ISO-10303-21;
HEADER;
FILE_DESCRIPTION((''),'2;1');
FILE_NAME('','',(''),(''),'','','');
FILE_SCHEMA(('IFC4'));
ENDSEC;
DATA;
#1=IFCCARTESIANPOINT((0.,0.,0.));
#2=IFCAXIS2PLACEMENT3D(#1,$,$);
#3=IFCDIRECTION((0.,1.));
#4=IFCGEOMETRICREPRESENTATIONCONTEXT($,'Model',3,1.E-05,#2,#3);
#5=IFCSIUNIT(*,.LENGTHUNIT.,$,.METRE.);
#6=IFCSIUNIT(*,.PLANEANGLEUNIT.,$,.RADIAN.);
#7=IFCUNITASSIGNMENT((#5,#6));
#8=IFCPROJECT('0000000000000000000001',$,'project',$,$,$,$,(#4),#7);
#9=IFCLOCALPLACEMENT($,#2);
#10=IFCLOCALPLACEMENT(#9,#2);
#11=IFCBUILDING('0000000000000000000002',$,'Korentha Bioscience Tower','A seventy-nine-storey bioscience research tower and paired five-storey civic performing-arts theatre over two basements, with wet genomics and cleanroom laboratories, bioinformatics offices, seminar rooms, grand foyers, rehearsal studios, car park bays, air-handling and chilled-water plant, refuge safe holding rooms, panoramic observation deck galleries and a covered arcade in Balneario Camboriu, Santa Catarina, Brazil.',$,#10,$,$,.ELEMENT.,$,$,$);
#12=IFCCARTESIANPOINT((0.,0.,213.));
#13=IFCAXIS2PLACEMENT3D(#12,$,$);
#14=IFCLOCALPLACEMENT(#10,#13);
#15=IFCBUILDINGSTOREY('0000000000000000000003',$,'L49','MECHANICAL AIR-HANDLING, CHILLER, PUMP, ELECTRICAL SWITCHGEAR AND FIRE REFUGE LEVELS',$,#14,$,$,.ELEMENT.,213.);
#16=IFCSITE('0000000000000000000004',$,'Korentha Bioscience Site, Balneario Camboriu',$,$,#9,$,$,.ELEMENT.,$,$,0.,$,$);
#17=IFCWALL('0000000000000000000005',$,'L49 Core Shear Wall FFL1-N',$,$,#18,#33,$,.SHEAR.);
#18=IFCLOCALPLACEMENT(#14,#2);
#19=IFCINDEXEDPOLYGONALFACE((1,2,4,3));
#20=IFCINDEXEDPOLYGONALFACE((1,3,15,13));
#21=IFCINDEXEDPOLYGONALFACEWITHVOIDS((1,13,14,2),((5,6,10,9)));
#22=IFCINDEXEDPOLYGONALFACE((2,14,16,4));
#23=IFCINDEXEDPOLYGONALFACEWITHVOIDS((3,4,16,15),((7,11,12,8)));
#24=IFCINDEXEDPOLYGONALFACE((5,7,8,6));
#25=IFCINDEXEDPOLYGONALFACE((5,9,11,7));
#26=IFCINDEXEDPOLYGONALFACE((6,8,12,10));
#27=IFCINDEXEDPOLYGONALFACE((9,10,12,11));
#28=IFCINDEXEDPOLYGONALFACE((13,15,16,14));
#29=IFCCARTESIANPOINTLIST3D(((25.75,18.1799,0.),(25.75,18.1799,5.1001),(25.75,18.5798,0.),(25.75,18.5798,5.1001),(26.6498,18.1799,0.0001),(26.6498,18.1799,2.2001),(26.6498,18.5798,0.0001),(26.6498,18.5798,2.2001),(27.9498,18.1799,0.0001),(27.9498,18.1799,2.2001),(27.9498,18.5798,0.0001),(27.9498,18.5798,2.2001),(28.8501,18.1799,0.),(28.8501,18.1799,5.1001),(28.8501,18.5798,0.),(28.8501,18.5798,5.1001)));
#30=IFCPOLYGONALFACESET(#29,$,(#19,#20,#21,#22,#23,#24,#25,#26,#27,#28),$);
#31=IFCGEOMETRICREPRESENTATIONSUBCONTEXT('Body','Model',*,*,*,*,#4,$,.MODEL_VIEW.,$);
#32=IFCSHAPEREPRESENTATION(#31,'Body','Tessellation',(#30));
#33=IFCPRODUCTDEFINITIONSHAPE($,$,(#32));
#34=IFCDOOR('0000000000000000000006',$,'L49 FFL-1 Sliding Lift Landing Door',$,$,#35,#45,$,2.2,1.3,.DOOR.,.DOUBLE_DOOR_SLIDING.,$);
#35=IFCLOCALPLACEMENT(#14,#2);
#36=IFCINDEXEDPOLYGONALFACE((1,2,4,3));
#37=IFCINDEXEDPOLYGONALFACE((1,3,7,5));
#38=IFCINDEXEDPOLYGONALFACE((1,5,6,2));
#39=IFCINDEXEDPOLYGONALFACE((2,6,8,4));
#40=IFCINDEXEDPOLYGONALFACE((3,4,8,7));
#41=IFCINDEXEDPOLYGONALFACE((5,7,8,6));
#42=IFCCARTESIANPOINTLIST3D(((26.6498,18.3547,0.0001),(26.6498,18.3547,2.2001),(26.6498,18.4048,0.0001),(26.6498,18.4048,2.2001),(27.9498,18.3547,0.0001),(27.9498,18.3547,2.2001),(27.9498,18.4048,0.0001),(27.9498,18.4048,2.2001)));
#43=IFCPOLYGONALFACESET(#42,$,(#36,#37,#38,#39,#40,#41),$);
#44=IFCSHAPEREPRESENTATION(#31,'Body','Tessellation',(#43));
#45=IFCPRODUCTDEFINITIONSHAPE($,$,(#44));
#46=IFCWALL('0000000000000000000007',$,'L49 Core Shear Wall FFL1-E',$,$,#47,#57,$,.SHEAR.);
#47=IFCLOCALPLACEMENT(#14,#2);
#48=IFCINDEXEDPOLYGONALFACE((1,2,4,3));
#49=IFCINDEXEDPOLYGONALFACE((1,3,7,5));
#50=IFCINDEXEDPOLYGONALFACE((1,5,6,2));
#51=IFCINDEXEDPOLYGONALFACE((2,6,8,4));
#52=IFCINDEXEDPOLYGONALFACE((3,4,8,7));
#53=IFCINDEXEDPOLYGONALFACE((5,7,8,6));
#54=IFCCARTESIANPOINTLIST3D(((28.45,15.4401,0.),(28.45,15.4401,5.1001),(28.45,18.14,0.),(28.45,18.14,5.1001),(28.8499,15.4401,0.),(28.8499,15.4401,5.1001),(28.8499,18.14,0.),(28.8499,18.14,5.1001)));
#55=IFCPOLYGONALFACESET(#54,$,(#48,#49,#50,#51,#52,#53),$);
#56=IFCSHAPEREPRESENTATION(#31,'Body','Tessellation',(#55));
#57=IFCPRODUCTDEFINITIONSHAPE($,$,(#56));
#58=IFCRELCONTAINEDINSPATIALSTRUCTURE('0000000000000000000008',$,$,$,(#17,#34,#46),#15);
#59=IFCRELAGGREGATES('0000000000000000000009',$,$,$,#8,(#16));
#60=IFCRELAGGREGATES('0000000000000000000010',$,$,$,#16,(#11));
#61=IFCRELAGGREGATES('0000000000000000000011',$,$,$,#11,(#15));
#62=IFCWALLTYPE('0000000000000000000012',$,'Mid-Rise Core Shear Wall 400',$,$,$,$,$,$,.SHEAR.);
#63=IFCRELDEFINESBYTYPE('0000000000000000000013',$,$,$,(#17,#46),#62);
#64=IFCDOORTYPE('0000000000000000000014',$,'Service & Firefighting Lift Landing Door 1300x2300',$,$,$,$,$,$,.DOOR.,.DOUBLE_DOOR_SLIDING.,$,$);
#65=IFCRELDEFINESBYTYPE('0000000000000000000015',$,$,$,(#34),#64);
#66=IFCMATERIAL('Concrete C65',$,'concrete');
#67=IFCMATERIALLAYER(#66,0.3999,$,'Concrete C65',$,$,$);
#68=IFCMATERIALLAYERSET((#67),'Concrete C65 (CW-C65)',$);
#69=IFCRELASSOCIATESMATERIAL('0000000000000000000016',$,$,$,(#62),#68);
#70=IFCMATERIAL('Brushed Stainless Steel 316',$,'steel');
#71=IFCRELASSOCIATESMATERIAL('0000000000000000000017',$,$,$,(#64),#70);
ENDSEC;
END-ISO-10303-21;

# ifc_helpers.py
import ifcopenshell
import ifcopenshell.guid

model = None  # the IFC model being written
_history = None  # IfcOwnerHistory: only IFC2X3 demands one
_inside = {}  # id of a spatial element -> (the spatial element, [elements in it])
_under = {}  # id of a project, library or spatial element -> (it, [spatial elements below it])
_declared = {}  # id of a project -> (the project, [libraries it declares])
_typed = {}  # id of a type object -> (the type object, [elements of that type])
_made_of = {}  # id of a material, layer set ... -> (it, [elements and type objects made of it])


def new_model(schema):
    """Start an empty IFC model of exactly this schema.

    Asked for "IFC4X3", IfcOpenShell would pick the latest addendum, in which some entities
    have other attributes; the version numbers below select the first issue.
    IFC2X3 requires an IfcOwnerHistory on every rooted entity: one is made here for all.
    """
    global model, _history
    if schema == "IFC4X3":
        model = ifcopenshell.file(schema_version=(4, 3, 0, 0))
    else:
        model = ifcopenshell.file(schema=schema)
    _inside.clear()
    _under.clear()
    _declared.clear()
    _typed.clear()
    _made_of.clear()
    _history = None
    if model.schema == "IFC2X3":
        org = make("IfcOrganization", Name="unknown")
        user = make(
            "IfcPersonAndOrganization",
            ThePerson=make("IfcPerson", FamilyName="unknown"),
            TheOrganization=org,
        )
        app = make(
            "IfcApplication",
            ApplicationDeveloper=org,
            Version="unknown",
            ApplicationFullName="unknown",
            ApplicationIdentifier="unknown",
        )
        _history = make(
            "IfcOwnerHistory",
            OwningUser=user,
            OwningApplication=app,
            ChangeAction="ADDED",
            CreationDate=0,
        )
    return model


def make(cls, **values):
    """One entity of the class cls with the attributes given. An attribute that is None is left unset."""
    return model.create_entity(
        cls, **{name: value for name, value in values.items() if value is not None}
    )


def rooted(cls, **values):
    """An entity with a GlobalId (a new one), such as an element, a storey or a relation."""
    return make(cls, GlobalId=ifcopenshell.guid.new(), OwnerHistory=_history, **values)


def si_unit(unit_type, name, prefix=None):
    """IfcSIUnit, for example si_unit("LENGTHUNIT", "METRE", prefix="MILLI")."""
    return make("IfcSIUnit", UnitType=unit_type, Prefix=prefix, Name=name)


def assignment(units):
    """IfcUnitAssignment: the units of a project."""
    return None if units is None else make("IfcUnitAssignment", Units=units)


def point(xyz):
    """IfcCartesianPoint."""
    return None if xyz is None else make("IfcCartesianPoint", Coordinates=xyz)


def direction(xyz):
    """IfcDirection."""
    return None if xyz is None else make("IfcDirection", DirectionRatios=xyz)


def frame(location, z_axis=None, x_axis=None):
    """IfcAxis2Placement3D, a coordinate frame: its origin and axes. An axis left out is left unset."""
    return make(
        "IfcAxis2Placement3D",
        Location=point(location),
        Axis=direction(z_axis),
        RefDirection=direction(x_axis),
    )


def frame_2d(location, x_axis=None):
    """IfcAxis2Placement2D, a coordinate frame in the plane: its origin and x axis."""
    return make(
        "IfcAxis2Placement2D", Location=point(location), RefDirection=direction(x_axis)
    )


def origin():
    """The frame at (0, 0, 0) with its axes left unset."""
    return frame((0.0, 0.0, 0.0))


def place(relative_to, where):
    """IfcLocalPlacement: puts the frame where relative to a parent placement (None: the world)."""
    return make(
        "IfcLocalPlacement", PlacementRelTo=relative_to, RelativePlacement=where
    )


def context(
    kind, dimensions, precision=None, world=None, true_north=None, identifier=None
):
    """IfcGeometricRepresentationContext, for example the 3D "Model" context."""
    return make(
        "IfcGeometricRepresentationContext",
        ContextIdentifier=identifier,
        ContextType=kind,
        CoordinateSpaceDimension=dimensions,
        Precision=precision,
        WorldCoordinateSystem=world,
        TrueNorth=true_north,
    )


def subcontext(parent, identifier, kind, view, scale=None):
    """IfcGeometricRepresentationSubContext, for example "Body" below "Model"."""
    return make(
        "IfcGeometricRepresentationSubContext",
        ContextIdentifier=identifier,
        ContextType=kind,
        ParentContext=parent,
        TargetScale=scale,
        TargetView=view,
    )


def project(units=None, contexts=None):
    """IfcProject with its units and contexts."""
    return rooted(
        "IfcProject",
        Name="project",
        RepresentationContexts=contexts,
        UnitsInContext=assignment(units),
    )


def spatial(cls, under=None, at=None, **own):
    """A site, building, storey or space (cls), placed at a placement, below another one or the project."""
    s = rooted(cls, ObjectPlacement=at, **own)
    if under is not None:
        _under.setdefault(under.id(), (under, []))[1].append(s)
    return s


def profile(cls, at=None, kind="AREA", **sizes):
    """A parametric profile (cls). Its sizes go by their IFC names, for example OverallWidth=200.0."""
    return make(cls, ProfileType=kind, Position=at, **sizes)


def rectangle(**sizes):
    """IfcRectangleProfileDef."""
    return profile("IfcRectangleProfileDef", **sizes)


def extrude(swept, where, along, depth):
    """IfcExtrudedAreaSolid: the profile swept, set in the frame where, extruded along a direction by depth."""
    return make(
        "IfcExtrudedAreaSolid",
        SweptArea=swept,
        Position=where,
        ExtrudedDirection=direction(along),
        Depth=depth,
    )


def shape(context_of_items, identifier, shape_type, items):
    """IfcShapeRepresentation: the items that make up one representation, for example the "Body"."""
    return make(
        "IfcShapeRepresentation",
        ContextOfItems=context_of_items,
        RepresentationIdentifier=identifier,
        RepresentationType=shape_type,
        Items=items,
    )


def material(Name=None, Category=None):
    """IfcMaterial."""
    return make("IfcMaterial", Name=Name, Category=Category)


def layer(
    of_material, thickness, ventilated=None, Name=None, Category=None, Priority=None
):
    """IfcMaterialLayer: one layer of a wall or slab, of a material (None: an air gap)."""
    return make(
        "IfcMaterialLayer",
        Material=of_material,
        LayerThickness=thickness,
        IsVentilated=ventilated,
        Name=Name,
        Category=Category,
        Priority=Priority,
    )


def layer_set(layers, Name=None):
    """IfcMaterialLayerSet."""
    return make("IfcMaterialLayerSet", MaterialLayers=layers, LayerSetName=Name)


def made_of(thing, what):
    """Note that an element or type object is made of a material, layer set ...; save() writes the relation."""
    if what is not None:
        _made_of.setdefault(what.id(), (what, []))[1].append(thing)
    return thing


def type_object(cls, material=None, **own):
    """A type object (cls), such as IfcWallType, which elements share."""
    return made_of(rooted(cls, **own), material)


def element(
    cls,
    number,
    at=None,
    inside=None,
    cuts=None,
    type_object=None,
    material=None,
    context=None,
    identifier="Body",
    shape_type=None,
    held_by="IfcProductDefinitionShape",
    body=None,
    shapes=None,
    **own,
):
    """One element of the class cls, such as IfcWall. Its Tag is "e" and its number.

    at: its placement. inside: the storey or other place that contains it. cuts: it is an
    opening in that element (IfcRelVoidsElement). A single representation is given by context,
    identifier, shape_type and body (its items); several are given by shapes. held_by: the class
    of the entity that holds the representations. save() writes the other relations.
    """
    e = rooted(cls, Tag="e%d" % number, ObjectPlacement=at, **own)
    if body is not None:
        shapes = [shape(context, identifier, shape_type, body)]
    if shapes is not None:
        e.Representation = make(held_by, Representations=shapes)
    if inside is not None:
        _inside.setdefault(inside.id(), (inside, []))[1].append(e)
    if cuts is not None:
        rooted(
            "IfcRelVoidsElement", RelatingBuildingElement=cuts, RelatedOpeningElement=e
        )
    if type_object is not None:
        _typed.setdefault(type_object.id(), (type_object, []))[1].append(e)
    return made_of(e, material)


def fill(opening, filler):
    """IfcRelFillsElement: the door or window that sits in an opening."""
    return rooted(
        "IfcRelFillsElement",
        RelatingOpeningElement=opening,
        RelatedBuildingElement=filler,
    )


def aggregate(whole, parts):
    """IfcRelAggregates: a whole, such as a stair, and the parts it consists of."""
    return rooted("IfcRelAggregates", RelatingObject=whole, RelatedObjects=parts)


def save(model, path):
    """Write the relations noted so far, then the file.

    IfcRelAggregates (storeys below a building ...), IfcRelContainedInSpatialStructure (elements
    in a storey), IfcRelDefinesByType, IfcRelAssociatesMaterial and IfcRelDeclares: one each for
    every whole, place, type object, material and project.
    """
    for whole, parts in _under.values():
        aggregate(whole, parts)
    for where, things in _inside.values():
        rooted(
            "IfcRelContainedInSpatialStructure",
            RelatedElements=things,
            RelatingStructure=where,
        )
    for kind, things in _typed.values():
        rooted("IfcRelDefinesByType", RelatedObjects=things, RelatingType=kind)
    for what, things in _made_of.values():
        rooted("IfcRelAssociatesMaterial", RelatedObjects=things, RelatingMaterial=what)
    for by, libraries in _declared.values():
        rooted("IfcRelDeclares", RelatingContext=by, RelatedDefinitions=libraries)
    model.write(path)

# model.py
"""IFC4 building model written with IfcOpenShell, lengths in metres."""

from ifc_helpers import new_model, si_unit, direction, frame, frame_2d, origin, place, context, subcontext, project, spatial, rectangle, extrude, material, layer, layer_set, type_object, element, fill, save


model = new_model("IFC4")

# Units and contexts
model_context = context("Model", 3, precision=1e-05, world=origin(), true_north=direction((0.0, 1.0)))
body_context = subcontext(model_context, "Body", "Model", "MODEL_VIEW")
ifc_project = project(units=[si_unit("LENGTHUNIT", "METRE"), si_unit("PLANEANGLEUNIT", "RADIAN")], contexts=[model_context])

# Site, building, storey
site_placement = place(None, origin())
site = spatial("IfcSite", under=ifc_project, at=site_placement, Name="Korentha Bioscience Site, Balneario Camboriu", CompositionType="ELEMENT", RefElevation=0.0)
building_placement = place(site_placement, origin())
building = spatial("IfcBuilding", under=site, at=building_placement, Name="Korentha Bioscience Tower", Description="A seventy-nine-storey bioscience research tower and paired five-storey civic performing-arts theatre over two basements, with wet genomics and cleanroom laboratories, bioinformatics offices, seminar rooms, grand foyers, rehearsal studios, car park bays, air-handling and chilled-water plant, refuge safe holding rooms, panoramic observation deck galleries and a covered arcade in Balneario Camboriu, Santa Catarina, Brazil.", CompositionType="ELEMENT")
storey_placement = place(building_placement, frame((0.0, 0.0, 213.0)))
storey = spatial("IfcBuildingStorey", under=building, at=storey_placement, Name="L49", Description="MECHANICAL AIR-HANDLING, CHILLER, PUMP, ELECTRICAL SWITCHGEAR AND FIRE REFUGE LEVELS", CompositionType="ELEMENT", Elevation=213.0)

# Shared definitions
ifc_material_1 = material(Name="Concrete C65", Category="concrete")

# Wall, opening, door
ifc_layer_1 = layer(ifc_material_1, 0.3999, Name="Concrete C65")
ifc_layer_set_1 = layer_set([ifc_layer_1], Name="Concrete C65 (CW-C65)")
wall_type_1 = type_object("IfcWallType", Name="Mid-Rise Core Shear Wall 400", PredefinedType="SHEAR", material=ifc_layer_set_1)
wall_1_placement = place(storey_placement, frame((25.75, 18.3799, 0.0), z_axis=(0.0, 0.0, 1.0), x_axis=(1.0, 0.0, 0.0)))
wall_1 = element("IfcWall", 1, at=wall_1_placement, inside=storey, type_object=wall_type_1, Name="L49 Core Shear Wall FFL1-N", PredefinedType="SHEAR", context=body_context, shape_type="SweptSolid", body=[
    extrude(rectangle(XDim=3.1001, YDim=0.3999, at=frame_2d((1.55, 0.0))), origin(), (0.0, 0.0, 1.0), 5.1001),
])
opening_1_placement = place(wall_1_placement, frame((0.8999, 0.0, 0.0)))
opening_1 = element("IfcOpeningElement", 2, at=opening_1_placement, cuts=wall_1, PredefinedType="OPENING", context=body_context, shape_type="SweptSolid", body=[
    extrude(rectangle(XDim=1.3, YDim=2.2, at=frame_2d((0.6499, 1.1001))), frame((0.0, 0.2148, 0.0), z_axis=(0.0, -1.0, 0.0), x_axis=(1.0, 0.0, 0.0)), (0.0, 0.0, 1.0), 0.4297),
])
ifc_material_2 = material(Name="Brushed Stainless Steel 316", Category="steel")
door_type_1 = type_object("IfcDoorType", Name="Service & Firefighting Lift Landing Door 1300x2300", OperationType="DOUBLE_DOOR_SLIDING", PredefinedType="DOOR", material=ifc_material_2)
door_1_placement = place(opening_1_placement, origin())
door_1 = element("IfcDoor", 3, at=door_1_placement, inside=storey, type_object=door_type_1, Name="L49 FFL-1 Sliding Lift Landing Door", OperationType="DOUBLE_DOOR_SLIDING", OverallHeight=2.2, OverallWidth=1.3, PredefinedType="DOOR", context=body_context, shape_type="SweptSolid", body=[
    extrude(rectangle(XDim=1.3, YDim=2.2, at=frame_2d((0.6499, 1.1001))), frame((0.0, 0.0249, 0.0), z_axis=(0.0, -1.0, 0.0), x_axis=(1.0, 0.0, 0.0)), (0.0, 0.0, 1.0), 0.05),
])
fill(opening_1, door_1)

# Wall
wall_2_placement = place(storey_placement, frame((28.6499, 15.4399, 0.0), z_axis=(0.0, 0.0, 1.0), x_axis=(0.0, 1.0, 0.0)))
element("IfcWall", 4, at=wall_2_placement, inside=storey, type_object=wall_type_1, Name="L49 Core Shear Wall FFL1-E", PredefinedType="SHEAR", context=body_context, shape_type="SweptSolid", body=[
    extrude(rectangle(XDim=2.7, YDim=0.3999, at=frame_2d((1.3501, 0.0))), origin(), (0.0, 0.0, 1.0), 5.1001),
])

save(model, "model.ifc")
